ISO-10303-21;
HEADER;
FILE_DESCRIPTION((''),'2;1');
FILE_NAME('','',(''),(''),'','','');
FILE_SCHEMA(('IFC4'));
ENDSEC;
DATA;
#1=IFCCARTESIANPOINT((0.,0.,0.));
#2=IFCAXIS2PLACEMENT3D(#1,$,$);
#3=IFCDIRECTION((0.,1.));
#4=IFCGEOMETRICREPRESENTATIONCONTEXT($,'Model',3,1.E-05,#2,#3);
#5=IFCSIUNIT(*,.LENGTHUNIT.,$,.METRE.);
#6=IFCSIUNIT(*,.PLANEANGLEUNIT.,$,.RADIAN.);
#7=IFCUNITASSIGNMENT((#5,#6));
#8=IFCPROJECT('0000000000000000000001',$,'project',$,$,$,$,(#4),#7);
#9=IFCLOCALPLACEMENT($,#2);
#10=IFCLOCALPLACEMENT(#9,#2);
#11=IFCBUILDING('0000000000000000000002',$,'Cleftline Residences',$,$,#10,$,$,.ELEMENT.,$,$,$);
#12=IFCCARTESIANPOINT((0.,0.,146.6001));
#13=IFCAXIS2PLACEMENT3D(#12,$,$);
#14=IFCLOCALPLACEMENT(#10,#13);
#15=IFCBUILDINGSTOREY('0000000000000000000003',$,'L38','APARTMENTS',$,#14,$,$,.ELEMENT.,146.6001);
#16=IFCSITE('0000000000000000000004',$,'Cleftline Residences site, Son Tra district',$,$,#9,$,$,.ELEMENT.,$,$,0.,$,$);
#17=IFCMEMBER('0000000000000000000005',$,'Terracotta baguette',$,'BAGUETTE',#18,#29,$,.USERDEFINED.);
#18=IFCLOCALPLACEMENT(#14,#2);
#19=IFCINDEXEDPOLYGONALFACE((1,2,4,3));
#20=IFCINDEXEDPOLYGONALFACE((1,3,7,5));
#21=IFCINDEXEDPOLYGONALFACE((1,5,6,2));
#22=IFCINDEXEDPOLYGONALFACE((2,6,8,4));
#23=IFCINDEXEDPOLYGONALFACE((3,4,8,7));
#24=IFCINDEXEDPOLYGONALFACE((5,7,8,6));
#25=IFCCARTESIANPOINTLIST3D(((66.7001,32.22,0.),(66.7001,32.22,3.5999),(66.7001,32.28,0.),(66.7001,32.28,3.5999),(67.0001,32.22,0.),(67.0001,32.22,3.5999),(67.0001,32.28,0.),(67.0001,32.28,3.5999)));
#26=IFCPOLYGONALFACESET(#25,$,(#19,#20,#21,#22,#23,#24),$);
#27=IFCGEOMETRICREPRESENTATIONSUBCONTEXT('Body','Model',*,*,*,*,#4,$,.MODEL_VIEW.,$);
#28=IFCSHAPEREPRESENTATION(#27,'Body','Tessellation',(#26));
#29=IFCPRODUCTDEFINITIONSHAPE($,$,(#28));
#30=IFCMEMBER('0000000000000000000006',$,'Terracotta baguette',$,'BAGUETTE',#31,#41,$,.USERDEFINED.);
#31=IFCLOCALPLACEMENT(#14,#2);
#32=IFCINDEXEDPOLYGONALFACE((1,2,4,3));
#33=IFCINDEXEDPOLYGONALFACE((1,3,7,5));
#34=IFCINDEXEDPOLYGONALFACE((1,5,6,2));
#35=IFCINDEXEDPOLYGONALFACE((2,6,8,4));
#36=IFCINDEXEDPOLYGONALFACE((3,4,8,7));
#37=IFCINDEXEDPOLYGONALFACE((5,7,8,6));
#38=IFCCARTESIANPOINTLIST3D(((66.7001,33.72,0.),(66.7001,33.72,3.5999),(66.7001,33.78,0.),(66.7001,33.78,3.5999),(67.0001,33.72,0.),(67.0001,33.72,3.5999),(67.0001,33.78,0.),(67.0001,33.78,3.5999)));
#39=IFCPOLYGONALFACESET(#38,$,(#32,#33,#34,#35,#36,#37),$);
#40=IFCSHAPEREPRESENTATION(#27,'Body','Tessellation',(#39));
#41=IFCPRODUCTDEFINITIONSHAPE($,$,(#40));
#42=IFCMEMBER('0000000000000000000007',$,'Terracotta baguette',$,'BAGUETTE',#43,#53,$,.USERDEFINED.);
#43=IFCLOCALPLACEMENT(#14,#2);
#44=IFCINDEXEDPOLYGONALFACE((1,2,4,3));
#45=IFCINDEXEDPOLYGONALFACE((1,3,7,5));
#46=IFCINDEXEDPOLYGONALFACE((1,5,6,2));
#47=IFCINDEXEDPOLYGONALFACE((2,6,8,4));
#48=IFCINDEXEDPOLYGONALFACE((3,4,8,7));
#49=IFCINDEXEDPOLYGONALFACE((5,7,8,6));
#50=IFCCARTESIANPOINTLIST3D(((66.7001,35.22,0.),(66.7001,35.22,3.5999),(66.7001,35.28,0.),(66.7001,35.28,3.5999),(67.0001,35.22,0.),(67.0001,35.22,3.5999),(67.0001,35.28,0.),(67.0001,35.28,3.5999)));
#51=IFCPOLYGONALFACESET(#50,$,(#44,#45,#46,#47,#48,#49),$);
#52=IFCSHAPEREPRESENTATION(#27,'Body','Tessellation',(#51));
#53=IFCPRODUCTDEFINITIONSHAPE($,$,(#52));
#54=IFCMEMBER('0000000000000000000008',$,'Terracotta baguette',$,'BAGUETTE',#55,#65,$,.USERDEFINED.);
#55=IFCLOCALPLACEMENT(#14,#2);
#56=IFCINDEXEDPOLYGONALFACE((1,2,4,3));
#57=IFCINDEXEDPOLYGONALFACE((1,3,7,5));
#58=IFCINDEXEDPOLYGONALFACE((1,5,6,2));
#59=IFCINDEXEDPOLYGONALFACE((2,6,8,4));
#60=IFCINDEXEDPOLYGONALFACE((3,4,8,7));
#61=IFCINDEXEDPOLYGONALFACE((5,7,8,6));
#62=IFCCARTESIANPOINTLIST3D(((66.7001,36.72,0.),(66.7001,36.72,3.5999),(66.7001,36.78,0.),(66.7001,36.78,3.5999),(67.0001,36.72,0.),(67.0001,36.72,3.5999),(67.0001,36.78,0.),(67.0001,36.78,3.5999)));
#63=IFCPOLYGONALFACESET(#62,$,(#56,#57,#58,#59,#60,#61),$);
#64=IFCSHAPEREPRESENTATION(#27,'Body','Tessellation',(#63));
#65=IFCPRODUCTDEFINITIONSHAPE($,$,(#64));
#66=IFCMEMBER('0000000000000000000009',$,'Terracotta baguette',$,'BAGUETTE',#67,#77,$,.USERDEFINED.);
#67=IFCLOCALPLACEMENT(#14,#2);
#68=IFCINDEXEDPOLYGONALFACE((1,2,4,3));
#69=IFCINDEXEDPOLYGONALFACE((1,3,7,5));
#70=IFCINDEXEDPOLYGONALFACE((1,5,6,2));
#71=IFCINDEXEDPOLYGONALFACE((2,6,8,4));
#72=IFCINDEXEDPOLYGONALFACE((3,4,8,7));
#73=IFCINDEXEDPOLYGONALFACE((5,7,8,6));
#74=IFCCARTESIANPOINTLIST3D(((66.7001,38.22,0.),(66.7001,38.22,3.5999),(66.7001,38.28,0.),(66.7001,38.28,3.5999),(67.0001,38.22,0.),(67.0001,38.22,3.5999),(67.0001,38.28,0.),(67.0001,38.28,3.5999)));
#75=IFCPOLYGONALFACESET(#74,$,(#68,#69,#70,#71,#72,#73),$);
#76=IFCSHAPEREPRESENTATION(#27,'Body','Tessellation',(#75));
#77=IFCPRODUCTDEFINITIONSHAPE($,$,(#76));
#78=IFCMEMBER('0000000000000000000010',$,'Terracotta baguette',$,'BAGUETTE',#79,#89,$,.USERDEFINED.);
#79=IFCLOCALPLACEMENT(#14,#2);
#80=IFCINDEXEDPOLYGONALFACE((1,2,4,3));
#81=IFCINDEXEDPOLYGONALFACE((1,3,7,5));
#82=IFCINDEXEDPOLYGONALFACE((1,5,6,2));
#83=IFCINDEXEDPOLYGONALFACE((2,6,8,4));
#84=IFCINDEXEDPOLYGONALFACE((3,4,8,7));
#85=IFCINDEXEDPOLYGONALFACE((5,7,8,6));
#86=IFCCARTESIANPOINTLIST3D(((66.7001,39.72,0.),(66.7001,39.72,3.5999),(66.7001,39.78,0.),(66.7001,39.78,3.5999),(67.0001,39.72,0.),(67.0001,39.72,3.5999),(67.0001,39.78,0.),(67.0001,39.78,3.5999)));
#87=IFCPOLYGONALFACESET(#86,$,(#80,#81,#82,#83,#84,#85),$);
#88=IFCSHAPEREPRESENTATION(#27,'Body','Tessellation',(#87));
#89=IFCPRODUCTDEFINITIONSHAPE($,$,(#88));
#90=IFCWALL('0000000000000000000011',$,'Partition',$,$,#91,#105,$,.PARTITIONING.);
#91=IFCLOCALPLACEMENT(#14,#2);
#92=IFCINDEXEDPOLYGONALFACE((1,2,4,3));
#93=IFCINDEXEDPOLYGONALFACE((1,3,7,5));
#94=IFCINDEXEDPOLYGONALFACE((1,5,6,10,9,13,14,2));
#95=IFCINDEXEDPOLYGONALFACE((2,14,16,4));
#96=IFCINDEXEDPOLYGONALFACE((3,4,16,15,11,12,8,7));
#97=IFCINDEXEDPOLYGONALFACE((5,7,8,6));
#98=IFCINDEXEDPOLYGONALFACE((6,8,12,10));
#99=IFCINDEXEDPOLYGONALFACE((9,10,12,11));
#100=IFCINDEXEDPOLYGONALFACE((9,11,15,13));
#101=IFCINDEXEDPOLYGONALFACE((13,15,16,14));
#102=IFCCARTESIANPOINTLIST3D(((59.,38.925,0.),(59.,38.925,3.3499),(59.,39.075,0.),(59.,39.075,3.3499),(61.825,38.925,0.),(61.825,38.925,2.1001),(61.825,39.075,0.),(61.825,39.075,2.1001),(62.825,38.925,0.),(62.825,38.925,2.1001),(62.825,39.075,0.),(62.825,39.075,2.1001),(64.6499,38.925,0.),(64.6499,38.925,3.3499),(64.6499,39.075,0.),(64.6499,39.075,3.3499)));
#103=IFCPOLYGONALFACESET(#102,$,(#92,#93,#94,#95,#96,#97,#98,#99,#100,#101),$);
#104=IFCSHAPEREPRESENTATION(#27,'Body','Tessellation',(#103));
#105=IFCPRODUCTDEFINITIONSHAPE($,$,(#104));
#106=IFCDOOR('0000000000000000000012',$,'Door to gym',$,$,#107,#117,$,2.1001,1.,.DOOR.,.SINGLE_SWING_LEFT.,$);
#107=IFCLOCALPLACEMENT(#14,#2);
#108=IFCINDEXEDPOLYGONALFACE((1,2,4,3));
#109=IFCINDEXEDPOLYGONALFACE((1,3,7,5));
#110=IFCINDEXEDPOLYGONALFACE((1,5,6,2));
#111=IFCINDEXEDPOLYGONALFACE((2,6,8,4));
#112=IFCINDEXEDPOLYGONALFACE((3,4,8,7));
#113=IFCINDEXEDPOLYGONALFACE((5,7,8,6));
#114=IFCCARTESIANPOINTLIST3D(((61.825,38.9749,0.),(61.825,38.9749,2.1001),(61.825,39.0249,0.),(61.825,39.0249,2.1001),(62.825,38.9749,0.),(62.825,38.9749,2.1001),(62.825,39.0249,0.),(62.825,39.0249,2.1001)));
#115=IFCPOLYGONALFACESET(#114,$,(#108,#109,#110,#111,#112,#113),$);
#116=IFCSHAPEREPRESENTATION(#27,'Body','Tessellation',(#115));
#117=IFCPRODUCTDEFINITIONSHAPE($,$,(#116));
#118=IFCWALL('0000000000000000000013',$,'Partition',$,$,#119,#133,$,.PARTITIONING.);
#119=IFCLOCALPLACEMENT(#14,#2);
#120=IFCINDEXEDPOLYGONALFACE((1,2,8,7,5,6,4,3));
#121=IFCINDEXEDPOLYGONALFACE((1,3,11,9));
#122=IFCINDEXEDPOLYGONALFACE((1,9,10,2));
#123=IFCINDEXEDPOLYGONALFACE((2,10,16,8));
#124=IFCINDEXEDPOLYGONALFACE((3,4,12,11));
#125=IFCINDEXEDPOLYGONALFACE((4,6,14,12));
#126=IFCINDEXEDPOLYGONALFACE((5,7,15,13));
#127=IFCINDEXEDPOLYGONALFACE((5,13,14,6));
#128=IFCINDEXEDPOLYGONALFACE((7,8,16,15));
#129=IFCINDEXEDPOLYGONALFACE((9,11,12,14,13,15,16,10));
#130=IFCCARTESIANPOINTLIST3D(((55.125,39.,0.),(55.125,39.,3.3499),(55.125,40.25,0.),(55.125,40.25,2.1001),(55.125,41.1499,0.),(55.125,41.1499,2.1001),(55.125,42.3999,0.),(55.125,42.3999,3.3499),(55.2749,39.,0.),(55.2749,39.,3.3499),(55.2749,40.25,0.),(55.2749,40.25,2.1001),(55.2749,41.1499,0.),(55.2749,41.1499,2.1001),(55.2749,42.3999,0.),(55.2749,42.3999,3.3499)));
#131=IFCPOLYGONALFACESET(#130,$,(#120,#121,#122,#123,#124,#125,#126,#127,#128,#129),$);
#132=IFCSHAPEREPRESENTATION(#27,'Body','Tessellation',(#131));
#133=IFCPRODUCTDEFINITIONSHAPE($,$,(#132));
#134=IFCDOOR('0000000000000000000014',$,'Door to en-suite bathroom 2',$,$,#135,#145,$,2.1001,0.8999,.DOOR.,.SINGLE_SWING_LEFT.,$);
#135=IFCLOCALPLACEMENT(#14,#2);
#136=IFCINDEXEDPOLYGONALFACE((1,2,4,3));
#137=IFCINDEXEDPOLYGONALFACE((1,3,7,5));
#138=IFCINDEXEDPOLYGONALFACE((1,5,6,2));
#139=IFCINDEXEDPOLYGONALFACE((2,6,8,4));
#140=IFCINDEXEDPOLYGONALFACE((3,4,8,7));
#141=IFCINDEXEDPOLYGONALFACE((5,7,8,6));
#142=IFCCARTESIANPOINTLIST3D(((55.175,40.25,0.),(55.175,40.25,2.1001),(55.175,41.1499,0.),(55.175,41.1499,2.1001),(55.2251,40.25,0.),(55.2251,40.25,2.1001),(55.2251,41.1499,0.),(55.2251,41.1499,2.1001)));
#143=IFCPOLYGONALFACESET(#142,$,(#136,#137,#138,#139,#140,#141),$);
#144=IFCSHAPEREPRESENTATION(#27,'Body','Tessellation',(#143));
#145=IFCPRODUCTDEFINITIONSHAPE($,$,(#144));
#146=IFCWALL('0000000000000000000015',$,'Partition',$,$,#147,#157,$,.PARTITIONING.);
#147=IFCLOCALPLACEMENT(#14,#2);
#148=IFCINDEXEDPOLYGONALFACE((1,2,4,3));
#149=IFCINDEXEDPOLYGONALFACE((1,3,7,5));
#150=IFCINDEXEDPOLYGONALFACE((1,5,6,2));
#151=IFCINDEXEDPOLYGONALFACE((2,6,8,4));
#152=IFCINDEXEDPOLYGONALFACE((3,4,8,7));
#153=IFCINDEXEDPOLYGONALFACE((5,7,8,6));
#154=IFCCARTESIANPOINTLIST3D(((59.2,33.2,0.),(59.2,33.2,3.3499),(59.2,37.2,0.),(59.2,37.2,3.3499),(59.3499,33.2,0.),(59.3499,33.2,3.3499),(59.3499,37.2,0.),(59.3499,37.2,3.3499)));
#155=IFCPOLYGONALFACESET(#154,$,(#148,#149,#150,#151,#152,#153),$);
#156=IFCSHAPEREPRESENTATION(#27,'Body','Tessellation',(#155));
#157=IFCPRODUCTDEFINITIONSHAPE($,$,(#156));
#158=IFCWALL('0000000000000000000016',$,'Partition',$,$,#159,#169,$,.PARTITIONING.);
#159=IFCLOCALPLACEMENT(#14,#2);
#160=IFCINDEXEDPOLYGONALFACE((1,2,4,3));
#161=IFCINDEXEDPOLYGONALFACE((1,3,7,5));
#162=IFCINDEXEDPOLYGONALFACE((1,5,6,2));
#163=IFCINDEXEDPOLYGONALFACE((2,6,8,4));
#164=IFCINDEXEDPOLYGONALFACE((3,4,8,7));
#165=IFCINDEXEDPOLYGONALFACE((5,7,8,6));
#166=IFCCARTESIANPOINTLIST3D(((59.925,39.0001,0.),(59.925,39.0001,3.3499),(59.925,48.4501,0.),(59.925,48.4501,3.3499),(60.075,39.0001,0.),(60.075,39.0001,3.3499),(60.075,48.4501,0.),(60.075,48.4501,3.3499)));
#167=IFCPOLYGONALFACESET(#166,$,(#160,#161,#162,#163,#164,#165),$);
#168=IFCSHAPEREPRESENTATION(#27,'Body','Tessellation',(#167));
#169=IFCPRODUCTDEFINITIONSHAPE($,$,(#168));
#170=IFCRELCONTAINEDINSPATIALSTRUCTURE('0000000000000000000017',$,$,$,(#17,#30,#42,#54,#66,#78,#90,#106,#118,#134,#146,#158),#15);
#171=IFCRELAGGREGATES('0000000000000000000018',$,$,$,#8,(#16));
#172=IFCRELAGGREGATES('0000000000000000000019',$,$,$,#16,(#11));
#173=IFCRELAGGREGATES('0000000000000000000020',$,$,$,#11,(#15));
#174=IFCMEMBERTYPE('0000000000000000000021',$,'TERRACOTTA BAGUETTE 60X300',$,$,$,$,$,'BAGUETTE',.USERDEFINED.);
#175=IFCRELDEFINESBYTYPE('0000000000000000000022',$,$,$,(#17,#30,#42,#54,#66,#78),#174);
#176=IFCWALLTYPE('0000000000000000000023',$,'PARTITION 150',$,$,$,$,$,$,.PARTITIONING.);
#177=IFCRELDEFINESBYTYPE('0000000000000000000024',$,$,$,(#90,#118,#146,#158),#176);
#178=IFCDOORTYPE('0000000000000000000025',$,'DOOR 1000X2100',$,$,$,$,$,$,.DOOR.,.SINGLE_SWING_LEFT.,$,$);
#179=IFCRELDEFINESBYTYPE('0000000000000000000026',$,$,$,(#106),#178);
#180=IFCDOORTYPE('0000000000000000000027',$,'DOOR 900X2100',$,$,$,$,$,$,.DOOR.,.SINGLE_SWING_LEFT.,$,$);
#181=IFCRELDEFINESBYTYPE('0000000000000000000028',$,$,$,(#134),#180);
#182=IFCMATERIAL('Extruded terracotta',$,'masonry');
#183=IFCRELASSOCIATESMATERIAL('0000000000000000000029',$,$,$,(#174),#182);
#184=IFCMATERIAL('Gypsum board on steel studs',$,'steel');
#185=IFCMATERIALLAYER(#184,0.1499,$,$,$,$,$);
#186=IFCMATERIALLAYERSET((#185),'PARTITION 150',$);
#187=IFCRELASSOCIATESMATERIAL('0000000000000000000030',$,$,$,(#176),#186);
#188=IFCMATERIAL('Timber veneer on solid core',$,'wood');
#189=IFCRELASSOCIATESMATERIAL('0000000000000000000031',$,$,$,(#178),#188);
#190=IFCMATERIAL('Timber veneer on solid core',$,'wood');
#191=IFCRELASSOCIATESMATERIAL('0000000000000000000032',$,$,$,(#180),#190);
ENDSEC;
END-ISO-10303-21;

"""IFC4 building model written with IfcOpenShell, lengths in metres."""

from ifc_helpers import new_model, si_unit, direction, frame, frame_2d, origin, origin_2d, place, context, subcontext, project, spatial, rectangle, extrude, material, layer, layer_set, material_profile, profile_set, type_object, element, fill, save


model = new_model("IFC4")

# Units and contexts
model_context = context("Model", 3, precision=1e-05, world=origin(), true_north=direction((0.0, 1.0)))
body_context = subcontext(model_context, "Body", "Model", "MODEL_VIEW")
ifc_project = project(units=[si_unit("LENGTHUNIT", "METRE"), si_unit("PLANEANGLEUNIT", "RADIAN")], contexts=[model_context])

# Site, building, storey
site_placement = place(None, origin())
site = spatial("IfcSite", under=ifc_project, at=site_placement, Name="Cleftline Residences site, Son Tra district", CompositionType="ELEMENT", RefElevation=0.0)
building_placement = place(site_placement, origin())
building = spatial("IfcBuilding", under=site, at=building_placement, Name="Cleftline Residences", CompositionType="ELEMENT")
storey_placement = place(building_placement, frame((0.0, 0.0, 146.6001)))
storey = spatial("IfcBuildingStorey", under=building, at=storey_placement, Name="L38", Description="APARTMENTS", CompositionType="ELEMENT", Elevation=146.6001)

# Members
ifc_material_1 = material(Name="Extruded terracotta", Category="masonry")
ifc_material_profile_1 = material_profile(ifc_material_1, rectangle(XDim=0.0601, YDim=0.3, at=origin_2d()))
ifc_profile_set_1 = profile_set([ifc_material_profile_1], Name="Extruded terracotta")
member_type_1 = type_object("IfcMemberType", Name="TERRACOTTA BAGUETTE 60X300", ElementType="BAGUETTE", PredefinedType="USERDEFINED", material=ifc_profile_set_1)
for number, where, z_axis, x_axis, name in (
    (1, (66.8501, 32.25, 0.0), (0.0, 0.0, 1.0), (0.0, 1.0, 0.0), "Terracotta baguette"),
    (2, (66.8501, 33.75, 0.0), (0.0, 0.0, 1.0), (0.0, 1.0, 0.0), "Terracotta baguette"),
    (3, (66.8501, 35.25, 0.0), (0.0, 0.0, 1.0), (0.0, 1.0, 0.0), "Terracotta baguette"),
    (4, (66.8501, 36.75, 0.0), (0.0, 0.0, 1.0), (0.0, 1.0, 0.0), "Terracotta baguette"),
    (5, (66.8501, 38.25, 0.0), (0.0, 0.0, 1.0), (0.0, 1.0, 0.0), "Terracotta baguette"),
    (6, (66.8501, 39.75, 0.0), (0.0, 0.0, 1.0), (0.0, 1.0, 0.0), "Terracotta baguette"),
):
    element("IfcMember", number, at=place(storey_placement, frame(where, z_axis=z_axis, x_axis=x_axis)), inside=storey, type_object=member_type_1, Name=name, ObjectType="BAGUETTE", PredefinedType="USERDEFINED", context=body_context, shape_type="SweptSolid", body=[
        extrude(rectangle(XDim=0.0601, YDim=0.3, at=origin_2d()), origin(), (0.0, 0.0, 1.0), 3.5999),
    ])

# Walls, openings, doors
ifc_material_2 = material(Name="Gypsum board on steel studs", Category="steel")
ifc_layer = layer(ifc_material_2, 0.1499)
ifc_layer_set = layer_set([ifc_layer], Name="PARTITION 150")
wall_type = type_object("IfcWallType", Name="PARTITION 150", PredefinedType="PARTITIONING", material=ifc_layer_set)
wall_1_placement = place(storey_placement, frame((59.0, 39.0, 0.0), z_axis=(0.0, 0.0, 1.0), x_axis=(1.0, 0.0, 0.0)))
wall_1 = element("IfcWall", 7, at=wall_1_placement, inside=storey, type_object=wall_type, Name="Partition", PredefinedType="PARTITIONING", context=body_context, shape_type="SweptSolid", body=[
    extrude(rectangle(XDim=5.6499, YDim=0.1499, at=frame_2d((2.825, 0.0))), origin(), (0.0, 0.0, 1.0), 3.3499),
])
opening_1_placement = place(wall_1_placement, frame((2.825, 0.0, 0.0)))
opening_1 = element("IfcOpeningElement", 8, at=opening_1_placement, cuts=wall_1, PredefinedType="OPENING", context=body_context, shape_type="SweptSolid", body=[
    extrude(rectangle(XDim=1.0, YDim=2.1001, at=frame_2d((0.5, 1.05))), frame((0.0, 0.085, 0.0), z_axis=(0.0, -1.0, 0.0), x_axis=(1.0, 0.0, 0.0)), (0.0, 0.0, 1.0), 0.1699),
])
ifc_material_3 = material(Name="Timber veneer on solid core", Category="wood")
door_type_1 = type_object("IfcDoorType", Name="DOOR 1000X2100", OperationType="SINGLE_SWING_LEFT", PredefinedType="DOOR", material=ifc_material_3)
door_1_placement = place(opening_1_placement, origin())
door_1 = element("IfcDoor", 9, at=door_1_placement, inside=storey, type_object=door_type_1, Name="Door to gym", OperationType="SINGLE_SWING_LEFT", OverallHeight=2.1001, OverallWidth=1.0, PredefinedType="DOOR", context=body_context, shape_type="SweptSolid", body=[
    extrude(rectangle(XDim=1.0, YDim=2.1001, at=frame_2d((0.5, 1.05))), frame((0.0, 0.0249, 0.0), z_axis=(0.0, -1.0, 0.0), x_axis=(1.0, 0.0, 0.0)), (0.0, 0.0, 1.0), 0.05),
])
fill(opening_1, door_1)
wall_2_placement = place(storey_placement, frame((55.2, 39.0, 0.0), z_axis=(0.0, 0.0, 1.0), x_axis=(0.0, 1.0, 0.0)))
wall_2 = element("IfcWall", 10, at=wall_2_placement, inside=storey, type_object=wall_type, Name="Partition", PredefinedType="PARTITIONING", context=body_context, shape_type="SweptSolid", body=[
    extrude(rectangle(XDim=3.3999, YDim=0.1499, at=frame_2d((1.7, 0.0))), origin(), (0.0, 0.0, 1.0), 3.3499),
])
opening_2_placement = place(wall_2_placement, frame((1.25, 0.0, 0.0)))
opening_2 = element("IfcOpeningElement", 11, at=opening_2_placement, cuts=wall_2, PredefinedType="OPENING", context=body_context, shape_type="SweptSolid", body=[
    extrude(rectangle(XDim=0.8999, YDim=2.1001, at=frame_2d((0.45, 1.05))), frame((0.0, 0.085, 0.0), z_axis=(0.0, -1.0, 0.0), x_axis=(1.0, 0.0, 0.0)), (0.0, 0.0, 1.0), 0.1699),
])
ifc_material_4 = material(Name="Timber veneer on solid core", Category="wood")
door_type_2 = type_object("IfcDoorType", Name="DOOR 900X2100", OperationType="SINGLE_SWING_LEFT", PredefinedType="DOOR", material=ifc_material_4)
door_2_placement = place(opening_2_placement, origin())
door_2 = element("IfcDoor", 12, at=door_2_placement, inside=storey, type_object=door_type_2, Name="Door to en-suite bathroom 2", OperationType="SINGLE_SWING_LEFT", OverallHeight=2.1001, OverallWidth=0.8999, PredefinedType="DOOR", context=body_context, shape_type="SweptSolid", body=[
    extrude(rectangle(XDim=0.8999, YDim=2.1001, at=frame_2d((0.45, 1.05))), frame((0.0, 0.0249, 0.0), z_axis=(0.0, -1.0, 0.0), x_axis=(1.0, 0.0, 0.0)), (0.0, 0.0, 1.0), 0.05),
])
fill(opening_2, door_2)

# Walls
wall_3_placement = place(storey_placement, frame((59.2749, 33.2, 0.0), z_axis=(0.0, 0.0, 1.0), x_axis=(0.0, 1.0, 0.0)))
element("IfcWall", 13, at=wall_3_placement, inside=storey, type_object=wall_type, Name="Partition", PredefinedType="PARTITIONING", context=body_context, shape_type="SweptSolid", body=[
    extrude(rectangle(XDim=4.0, YDim=0.1499, at=frame_2d((2.0, 0.0))), origin(), (0.0, 0.0, 1.0), 3.3499),
])
wall_4_placement = place(storey_placement, frame((60.0, 39.0, 0.0), z_axis=(0.0, 0.0, 1.0), x_axis=(0.0, 1.0, 0.0)))
element("IfcWall", 14, at=wall_4_placement, inside=storey, type_object=wall_type, Name="Partition", PredefinedType="PARTITIONING", context=body_context, shape_type="SweptSolid", body=[
    extrude(rectangle(XDim=9.45, YDim=0.1499, at=frame_2d((4.7251, 0.0))), origin(), (0.0, 0.0, 1.0), 3.3499),
])

save(model, "model.ifc")
